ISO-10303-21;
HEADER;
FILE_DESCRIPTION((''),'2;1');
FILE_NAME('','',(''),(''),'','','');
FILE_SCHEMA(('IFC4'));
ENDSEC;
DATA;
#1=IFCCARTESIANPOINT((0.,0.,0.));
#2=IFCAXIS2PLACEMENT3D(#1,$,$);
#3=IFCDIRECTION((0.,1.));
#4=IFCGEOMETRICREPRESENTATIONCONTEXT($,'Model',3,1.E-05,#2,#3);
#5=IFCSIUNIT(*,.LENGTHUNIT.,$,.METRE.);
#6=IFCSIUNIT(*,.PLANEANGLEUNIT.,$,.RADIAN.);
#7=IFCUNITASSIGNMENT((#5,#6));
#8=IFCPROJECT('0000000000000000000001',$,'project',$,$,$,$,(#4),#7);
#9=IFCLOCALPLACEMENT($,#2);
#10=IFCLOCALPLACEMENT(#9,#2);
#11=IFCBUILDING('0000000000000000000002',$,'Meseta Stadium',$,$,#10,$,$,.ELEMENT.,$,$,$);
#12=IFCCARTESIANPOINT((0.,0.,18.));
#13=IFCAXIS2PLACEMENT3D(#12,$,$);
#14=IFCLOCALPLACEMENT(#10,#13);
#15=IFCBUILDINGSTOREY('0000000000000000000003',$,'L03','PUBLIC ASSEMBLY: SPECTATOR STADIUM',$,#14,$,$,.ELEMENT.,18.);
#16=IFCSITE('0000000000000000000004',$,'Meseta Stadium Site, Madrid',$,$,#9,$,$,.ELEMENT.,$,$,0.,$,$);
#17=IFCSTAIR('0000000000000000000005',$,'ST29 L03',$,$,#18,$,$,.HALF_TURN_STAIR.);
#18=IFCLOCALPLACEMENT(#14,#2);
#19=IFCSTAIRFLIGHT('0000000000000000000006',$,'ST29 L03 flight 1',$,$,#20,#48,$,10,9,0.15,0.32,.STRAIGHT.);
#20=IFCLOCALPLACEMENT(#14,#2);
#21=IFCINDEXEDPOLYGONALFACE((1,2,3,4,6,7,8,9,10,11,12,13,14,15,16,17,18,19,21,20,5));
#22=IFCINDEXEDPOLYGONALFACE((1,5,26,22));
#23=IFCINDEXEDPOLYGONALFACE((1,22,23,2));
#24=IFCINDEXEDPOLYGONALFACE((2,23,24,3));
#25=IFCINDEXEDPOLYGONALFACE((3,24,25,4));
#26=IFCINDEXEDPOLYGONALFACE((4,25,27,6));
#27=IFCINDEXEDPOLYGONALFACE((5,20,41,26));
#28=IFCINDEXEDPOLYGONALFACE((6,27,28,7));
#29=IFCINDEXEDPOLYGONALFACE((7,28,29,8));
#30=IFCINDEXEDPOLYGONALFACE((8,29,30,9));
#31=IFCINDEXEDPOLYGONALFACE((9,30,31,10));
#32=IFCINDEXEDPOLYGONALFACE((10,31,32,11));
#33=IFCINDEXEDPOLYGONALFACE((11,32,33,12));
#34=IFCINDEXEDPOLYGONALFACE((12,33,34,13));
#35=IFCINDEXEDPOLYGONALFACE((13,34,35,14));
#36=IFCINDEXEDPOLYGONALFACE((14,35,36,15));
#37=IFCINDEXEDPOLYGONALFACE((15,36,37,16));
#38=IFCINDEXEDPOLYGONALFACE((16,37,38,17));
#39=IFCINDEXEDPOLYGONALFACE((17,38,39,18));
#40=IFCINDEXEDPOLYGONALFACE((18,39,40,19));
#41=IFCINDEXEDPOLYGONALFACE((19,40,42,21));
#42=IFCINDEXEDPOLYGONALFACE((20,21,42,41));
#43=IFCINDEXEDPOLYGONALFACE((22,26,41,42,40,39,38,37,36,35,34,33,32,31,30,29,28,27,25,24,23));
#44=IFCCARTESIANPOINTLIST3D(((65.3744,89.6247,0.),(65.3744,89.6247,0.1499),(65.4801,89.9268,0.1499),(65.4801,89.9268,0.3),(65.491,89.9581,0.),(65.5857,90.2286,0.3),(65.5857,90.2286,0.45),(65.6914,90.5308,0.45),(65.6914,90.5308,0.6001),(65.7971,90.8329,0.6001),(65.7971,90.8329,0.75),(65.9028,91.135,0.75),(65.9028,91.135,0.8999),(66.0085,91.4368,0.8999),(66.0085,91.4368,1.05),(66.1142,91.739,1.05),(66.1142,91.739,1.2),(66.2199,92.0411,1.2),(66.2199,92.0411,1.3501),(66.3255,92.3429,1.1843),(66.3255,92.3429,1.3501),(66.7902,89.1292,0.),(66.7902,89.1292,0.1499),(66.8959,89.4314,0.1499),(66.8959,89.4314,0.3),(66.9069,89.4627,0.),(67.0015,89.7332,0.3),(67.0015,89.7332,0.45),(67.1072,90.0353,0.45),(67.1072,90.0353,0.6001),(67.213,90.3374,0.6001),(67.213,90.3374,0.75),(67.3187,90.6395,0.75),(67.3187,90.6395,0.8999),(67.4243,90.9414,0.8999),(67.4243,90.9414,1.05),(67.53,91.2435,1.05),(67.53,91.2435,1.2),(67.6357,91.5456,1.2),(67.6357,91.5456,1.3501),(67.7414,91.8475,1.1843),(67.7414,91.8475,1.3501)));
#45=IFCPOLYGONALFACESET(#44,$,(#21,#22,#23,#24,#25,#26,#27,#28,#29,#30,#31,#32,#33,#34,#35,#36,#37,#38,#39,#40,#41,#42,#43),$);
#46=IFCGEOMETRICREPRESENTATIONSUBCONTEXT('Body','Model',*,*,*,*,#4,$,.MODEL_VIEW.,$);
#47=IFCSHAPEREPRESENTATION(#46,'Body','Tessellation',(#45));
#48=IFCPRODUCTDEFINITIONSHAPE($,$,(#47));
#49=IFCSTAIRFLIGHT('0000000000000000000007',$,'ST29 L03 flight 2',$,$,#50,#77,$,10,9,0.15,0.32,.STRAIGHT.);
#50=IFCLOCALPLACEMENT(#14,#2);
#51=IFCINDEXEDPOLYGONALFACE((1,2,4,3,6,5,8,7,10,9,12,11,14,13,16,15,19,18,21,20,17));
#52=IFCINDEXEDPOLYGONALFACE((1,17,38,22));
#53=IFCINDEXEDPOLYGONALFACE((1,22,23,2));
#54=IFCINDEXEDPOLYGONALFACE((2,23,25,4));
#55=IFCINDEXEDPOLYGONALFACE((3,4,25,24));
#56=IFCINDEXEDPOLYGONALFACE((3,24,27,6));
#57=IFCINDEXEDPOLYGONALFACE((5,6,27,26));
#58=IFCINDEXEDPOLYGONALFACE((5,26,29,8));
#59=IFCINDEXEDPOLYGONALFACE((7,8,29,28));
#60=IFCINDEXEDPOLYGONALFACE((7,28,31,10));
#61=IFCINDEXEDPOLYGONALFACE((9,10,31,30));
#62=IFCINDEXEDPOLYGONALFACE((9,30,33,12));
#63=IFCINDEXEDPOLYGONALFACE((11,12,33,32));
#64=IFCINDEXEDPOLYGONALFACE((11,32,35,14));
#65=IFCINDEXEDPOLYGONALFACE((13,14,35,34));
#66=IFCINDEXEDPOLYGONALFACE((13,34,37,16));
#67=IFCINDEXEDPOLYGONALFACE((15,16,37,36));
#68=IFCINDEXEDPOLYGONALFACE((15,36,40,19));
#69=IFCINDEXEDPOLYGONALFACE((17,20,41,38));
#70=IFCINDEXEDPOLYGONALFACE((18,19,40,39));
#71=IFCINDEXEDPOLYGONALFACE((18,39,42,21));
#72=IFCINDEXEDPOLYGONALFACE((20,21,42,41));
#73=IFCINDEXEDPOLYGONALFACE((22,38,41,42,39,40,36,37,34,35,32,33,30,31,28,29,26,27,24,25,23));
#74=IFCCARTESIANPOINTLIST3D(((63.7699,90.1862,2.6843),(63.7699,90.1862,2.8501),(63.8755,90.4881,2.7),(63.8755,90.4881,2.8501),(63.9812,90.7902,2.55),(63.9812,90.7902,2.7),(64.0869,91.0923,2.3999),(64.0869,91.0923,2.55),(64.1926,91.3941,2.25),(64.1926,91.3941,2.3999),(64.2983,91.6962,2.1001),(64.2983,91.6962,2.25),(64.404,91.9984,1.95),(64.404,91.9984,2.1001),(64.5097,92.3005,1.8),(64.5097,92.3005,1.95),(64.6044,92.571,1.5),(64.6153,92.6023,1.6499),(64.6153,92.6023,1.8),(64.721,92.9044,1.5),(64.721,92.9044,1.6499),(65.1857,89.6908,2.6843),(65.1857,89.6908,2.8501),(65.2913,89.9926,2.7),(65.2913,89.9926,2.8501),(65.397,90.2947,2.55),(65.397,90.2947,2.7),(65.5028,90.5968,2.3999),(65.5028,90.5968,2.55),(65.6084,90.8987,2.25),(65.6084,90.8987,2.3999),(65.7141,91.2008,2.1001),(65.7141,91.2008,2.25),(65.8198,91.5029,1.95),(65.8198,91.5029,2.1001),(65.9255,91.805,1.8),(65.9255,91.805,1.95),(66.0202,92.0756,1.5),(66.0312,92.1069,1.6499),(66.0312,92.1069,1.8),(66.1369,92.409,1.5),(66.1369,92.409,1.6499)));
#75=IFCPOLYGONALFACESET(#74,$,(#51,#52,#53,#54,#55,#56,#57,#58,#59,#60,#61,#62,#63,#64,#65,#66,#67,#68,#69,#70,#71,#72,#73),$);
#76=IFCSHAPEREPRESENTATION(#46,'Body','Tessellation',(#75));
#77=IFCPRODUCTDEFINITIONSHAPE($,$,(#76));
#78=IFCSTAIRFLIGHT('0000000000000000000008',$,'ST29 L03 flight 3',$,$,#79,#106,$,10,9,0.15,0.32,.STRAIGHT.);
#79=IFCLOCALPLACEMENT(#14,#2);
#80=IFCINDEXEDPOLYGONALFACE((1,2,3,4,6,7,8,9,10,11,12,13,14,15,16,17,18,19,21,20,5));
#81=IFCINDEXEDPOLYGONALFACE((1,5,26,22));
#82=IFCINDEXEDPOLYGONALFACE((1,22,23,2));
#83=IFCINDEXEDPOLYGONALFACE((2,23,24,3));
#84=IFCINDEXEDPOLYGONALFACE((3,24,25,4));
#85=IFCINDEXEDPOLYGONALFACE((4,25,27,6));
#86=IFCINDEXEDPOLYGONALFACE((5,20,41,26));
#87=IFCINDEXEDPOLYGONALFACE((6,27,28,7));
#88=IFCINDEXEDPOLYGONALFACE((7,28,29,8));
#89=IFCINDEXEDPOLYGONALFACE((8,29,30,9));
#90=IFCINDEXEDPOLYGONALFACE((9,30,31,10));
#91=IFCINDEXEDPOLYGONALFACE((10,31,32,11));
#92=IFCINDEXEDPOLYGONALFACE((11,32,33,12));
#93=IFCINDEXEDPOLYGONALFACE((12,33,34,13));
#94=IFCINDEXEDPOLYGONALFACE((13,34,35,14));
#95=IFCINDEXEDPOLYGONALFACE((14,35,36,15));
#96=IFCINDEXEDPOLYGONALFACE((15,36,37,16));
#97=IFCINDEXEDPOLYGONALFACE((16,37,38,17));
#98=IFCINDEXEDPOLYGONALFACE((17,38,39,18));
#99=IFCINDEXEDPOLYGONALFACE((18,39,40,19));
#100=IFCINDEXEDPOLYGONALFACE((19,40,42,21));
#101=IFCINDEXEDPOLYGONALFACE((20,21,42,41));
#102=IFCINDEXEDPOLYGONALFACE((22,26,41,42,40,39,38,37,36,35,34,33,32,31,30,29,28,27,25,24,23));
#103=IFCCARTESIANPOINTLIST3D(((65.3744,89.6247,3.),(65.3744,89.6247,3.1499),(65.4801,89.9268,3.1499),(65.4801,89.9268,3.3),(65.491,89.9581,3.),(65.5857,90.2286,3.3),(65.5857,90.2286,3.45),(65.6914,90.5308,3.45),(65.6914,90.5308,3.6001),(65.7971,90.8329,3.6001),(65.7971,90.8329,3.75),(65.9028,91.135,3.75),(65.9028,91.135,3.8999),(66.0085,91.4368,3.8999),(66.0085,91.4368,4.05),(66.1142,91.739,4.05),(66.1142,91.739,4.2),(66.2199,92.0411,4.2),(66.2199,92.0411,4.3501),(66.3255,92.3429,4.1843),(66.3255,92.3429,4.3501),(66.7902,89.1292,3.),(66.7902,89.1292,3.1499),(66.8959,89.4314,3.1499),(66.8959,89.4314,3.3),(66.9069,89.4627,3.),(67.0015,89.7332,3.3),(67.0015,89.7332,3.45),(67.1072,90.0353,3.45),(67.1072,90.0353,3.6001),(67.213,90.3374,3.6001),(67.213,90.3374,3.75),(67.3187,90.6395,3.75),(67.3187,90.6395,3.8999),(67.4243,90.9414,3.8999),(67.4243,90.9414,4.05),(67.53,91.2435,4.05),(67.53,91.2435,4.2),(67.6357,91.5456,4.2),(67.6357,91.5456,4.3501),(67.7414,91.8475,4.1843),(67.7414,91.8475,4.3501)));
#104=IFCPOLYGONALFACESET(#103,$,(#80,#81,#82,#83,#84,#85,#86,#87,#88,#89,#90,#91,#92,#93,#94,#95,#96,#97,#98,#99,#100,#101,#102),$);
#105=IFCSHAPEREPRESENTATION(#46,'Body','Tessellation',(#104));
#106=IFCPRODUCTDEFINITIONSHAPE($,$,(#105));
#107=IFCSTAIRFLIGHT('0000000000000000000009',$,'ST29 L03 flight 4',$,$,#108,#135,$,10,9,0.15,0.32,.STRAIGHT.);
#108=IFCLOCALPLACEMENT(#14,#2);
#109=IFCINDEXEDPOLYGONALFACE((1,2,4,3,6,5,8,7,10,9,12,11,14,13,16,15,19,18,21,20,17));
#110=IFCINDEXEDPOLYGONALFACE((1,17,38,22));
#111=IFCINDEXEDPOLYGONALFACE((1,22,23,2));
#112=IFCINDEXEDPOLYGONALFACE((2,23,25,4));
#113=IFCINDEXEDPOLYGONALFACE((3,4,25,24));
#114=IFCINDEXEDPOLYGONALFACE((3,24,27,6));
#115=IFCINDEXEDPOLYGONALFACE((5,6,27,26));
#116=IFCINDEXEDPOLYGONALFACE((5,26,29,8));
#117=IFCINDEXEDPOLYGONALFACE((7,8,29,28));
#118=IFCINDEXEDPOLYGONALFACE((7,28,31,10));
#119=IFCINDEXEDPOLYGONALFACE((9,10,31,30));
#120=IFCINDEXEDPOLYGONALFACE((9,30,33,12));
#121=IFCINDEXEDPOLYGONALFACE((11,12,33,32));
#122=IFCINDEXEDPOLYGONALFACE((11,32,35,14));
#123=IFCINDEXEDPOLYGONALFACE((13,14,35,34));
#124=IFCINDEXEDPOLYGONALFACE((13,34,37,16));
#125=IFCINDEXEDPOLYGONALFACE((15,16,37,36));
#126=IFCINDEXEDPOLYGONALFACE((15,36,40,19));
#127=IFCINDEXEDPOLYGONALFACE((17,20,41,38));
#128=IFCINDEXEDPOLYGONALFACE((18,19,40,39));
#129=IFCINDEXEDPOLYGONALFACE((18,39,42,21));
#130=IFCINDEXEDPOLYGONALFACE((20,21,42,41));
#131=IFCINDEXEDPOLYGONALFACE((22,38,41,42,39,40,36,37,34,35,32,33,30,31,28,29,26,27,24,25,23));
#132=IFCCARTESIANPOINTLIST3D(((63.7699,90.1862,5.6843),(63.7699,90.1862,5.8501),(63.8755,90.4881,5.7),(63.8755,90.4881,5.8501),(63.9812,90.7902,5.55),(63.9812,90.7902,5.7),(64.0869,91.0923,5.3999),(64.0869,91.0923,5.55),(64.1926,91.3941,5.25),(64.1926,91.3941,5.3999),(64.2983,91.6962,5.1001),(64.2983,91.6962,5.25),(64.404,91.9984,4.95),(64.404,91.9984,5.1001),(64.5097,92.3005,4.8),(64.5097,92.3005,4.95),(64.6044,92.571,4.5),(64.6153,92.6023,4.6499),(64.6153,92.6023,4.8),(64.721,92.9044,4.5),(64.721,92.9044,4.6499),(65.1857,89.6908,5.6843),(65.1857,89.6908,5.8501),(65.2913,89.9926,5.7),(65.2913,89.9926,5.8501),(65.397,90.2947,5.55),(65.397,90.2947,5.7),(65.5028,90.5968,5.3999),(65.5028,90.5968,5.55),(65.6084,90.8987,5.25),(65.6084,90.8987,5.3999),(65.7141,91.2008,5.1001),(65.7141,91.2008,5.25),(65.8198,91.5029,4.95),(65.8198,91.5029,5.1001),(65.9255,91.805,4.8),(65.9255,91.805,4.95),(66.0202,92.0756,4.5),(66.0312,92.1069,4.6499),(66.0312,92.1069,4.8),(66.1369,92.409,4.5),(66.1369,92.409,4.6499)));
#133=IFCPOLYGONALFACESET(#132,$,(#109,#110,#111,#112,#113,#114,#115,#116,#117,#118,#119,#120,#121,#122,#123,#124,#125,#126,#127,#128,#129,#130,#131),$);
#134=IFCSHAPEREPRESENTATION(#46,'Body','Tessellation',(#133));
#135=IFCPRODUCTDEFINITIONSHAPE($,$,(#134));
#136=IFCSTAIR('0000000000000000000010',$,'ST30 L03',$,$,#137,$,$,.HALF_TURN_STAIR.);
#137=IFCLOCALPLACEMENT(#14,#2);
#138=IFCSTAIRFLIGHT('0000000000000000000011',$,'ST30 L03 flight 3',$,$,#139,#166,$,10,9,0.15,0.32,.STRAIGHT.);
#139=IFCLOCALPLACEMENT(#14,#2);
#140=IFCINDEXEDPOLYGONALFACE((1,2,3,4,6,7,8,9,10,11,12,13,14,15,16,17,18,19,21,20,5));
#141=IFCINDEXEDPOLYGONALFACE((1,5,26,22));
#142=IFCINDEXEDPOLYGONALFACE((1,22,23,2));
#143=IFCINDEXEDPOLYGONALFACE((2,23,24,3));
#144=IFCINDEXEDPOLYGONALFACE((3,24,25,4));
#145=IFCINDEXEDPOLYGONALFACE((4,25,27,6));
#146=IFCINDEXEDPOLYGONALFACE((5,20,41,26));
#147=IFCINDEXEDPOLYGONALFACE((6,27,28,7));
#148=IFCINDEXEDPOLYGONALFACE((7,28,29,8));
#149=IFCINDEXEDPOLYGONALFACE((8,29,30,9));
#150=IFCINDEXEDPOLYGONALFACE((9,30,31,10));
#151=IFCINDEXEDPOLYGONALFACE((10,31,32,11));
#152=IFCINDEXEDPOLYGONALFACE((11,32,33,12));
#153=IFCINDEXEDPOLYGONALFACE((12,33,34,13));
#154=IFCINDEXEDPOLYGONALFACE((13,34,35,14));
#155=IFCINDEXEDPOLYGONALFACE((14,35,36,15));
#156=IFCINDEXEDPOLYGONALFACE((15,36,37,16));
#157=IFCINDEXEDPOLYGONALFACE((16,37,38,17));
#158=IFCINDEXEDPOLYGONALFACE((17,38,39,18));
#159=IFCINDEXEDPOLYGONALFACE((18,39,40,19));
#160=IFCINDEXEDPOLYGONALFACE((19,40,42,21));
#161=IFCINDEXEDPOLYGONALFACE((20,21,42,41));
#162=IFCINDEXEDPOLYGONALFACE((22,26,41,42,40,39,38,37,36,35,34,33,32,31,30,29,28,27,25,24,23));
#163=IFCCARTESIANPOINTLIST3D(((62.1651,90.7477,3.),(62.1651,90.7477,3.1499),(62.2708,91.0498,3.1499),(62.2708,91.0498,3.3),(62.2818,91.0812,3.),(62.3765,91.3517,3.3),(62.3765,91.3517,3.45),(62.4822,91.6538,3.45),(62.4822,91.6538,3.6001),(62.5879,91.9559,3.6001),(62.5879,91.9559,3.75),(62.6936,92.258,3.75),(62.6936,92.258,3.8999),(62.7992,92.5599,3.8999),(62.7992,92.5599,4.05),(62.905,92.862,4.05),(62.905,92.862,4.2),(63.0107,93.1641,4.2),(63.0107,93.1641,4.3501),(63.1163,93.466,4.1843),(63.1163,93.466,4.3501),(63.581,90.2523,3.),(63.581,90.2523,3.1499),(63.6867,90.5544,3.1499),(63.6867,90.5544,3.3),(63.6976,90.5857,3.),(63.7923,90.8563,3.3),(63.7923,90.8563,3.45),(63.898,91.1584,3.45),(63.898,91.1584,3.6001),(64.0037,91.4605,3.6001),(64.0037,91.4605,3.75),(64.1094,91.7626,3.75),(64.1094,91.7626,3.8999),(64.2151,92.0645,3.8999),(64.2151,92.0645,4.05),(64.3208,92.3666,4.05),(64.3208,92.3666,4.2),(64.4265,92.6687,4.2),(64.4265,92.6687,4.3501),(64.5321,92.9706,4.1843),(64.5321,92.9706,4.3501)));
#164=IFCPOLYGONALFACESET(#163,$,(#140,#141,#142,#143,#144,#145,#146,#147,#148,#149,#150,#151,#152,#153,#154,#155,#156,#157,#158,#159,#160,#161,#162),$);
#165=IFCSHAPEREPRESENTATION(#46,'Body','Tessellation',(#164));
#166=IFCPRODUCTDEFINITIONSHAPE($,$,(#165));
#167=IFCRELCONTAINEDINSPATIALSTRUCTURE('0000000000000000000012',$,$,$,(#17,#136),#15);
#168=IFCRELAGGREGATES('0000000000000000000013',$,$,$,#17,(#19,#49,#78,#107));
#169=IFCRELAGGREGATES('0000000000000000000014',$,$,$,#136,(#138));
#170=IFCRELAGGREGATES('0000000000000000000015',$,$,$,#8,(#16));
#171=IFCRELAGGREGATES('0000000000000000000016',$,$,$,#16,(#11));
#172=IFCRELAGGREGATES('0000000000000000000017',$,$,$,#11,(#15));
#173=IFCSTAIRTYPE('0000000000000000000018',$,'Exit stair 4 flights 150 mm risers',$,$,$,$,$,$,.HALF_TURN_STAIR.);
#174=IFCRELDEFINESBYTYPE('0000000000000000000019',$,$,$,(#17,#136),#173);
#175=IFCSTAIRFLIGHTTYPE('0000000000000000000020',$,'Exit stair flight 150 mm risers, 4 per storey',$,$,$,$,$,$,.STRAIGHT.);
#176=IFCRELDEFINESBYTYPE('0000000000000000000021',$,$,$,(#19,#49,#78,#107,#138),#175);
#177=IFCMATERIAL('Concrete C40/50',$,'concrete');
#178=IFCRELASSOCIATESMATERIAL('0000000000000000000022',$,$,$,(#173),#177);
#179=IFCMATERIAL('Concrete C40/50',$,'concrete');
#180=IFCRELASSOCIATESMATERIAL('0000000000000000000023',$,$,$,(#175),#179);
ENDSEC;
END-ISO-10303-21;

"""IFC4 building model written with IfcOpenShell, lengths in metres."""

from ifc_helpers import new_model, si_unit, direction, frame, origin, place, context, subcontext, project, spatial, polyline, outline, extrude, material, type_object, element, aggregate, save


model = new_model("IFC4")

# Units and contexts
model_context = context("Model", 3, precision=1e-05, world=origin(), true_north=direction((0.0, 1.0)))
body_context = subcontext(model_context, "Body", "Model", "MODEL_VIEW")
ifc_project = project(units=[si_unit("LENGTHUNIT", "METRE"), si_unit("PLANEANGLEUNIT", "RADIAN")], contexts=[model_context])

# Site, building, storey
site_placement = place(None, origin())
site = spatial("IfcSite", under=ifc_project, at=site_placement, Name="Meseta Stadium Site, Madrid", CompositionType="ELEMENT", RefElevation=0.0)
building_placement = place(site_placement, origin())
building = spatial("IfcBuilding", under=site, at=building_placement, Name="Meseta Stadium", CompositionType="ELEMENT")
storey_placement = place(building_placement, frame((0.0, 0.0, 18.0)))
storey = spatial("IfcBuildingStorey", under=building, at=storey_placement, Name="L03", Description="PUBLIC ASSEMBLY: SPECTATOR STADIUM", CompositionType="ELEMENT", Elevation=18.0)

# Stair, stair flights
ifc_material_1 = material(Name="Concrete C40/50", Category="concrete")
stair_type = type_object("IfcStairType", Name="Exit stair 4 flights 150 mm risers", PredefinedType="HALF_TURN_STAIR", material=ifc_material_1)
stair_1_placement = place(storey_placement, origin())
stair_1 = element("IfcStair", 1, at=stair_1_placement, inside=storey, type_object=stair_type, Name="ST29 L03", PredefinedType="HALF_TURN_STAIR")
ifc_material_2 = material(Name="Concrete C40/50", Category="concrete")
stair_flight_type = type_object("IfcStairFlightType", Name="Exit stair flight 150 mm risers, 4 per storey", PredefinedType="STRAIGHT", material=ifc_material_2)
stair_flight_1_placement = place(storey_placement, frame((66.0823, 89.377, 0.0), z_axis=(0.0, 0.0, 1.0), x_axis=(0.330279, 0.943883, 0.0)))
stair_flight_1 = element("IfcStairFlight", 2, at=stair_flight_1_placement, type_object=stair_flight_type, Name="ST29 L03 flight 1", NumberOfRisers=10, NumberOfTreads=9, PredefinedType="STRAIGHT", RiserHeight=0.15, TreadLength=0.32, context=body_context, shape_type="SweptSolid", body=[
    extrude(outline(polyline([(0.0, 0.0), (0.0, 0.1499), (0.3201, 0.1499), (0.3201, 0.3), (0.6399, 0.3), (0.6399, 0.45), (0.96, 0.45), (0.96, 0.6001), (1.28, 0.6001), (1.28, 0.75), (1.6001, 0.75), (1.6001, 0.8999), (1.9199, 0.8999), (1.9199, 1.05), (2.24, 1.05), (2.24, 1.2), (2.5601, 1.2), (2.5601, 1.3501), (2.8799, 1.3501), (2.8799, 1.1843), (0.3533, 0.0), (0.0, 0.0)])), frame((0.0, 0.75, 0.0), z_axis=(0.0, -1.0, 0.0), x_axis=(1.0, 0.0, 0.0)), (0.0, 0.0, 1.0), 1.5),
])
stair_flight_2_placement = place(storey_placement, frame((65.429, 92.6567, 1.5), z_axis=(0.0, 0.0, 1.0), x_axis=(-0.330279, -0.943883, 0.0)))
stair_flight_2 = element("IfcStairFlight", 3, at=stair_flight_2_placement, type_object=stair_flight_type, Name="ST29 L03 flight 2", NumberOfRisers=10, NumberOfTreads=9, PredefinedType="STRAIGHT", RiserHeight=0.15, TreadLength=0.32, context=body_context, shape_type="SweptSolid", body=[
    extrude(outline(polyline([(0.0, 0.0), (0.0, 0.1499), (0.3201, 0.1499), (0.3201, 0.3), (0.6399, 0.3), (0.6399, 0.45), (0.96, 0.45), (0.96, 0.6001), (1.28, 0.6001), (1.28, 0.75), (1.6001, 0.75), (1.6001, 0.8999), (1.9199, 0.8999), (1.9199, 1.05), (2.24, 1.05), (2.24, 1.2), (2.5601, 1.2), (2.5601, 1.3501), (2.8799, 1.3501), (2.8799, 1.1843), (0.3533, 0.0), (0.0, 0.0)])), frame((0.0, 0.75, 0.0), z_axis=(0.0, -1.0, 0.0), x_axis=(1.0, 0.0, 0.0)), (0.0, 0.0, 1.0), 1.5),
])
stair_flight_3_placement = place(storey_placement, frame((66.0823, 89.377, 3.0), z_axis=(0.0, 0.0, 1.0), x_axis=(0.330279, 0.943883, 0.0)))
stair_flight_3 = element("IfcStairFlight", 4, at=stair_flight_3_placement, type_object=stair_flight_type, Name="ST29 L03 flight 3", NumberOfRisers=10, NumberOfTreads=9, PredefinedType="STRAIGHT", RiserHeight=0.15, TreadLength=0.32, context=body_context, shape_type="SweptSolid", body=[
    extrude(outline(polyline([(0.0, 0.0), (0.0, 0.1499), (0.3201, 0.1499), (0.3201, 0.3), (0.6399, 0.3), (0.6399, 0.45), (0.96, 0.45), (0.96, 0.6001), (1.28, 0.6001), (1.28, 0.75), (1.6001, 0.75), (1.6001, 0.8999), (1.9199, 0.8999), (1.9199, 1.05), (2.24, 1.05), (2.24, 1.2), (2.5601, 1.2), (2.5601, 1.3501), (2.8799, 1.3501), (2.8799, 1.1843), (0.3533, 0.0), (0.0, 0.0)])), frame((0.0, 0.75, 0.0), z_axis=(0.0, -1.0, 0.0), x_axis=(1.0, 0.0, 0.0)), (0.0, 0.0, 1.0), 1.5),
])
stair_flight_4_placement = place(storey_placement, frame((65.429, 92.6567, 4.5), z_axis=(0.0, 0.0, 1.0), x_axis=(-0.330279, -0.943883, 0.0)))
stair_flight_4 = element("IfcStairFlight", 5, at=stair_flight_4_placement, type_object=stair_flight_type, Name="ST29 L03 flight 4", NumberOfRisers=10, NumberOfTreads=9, PredefinedType="STRAIGHT", RiserHeight=0.15, TreadLength=0.32, context=body_context, shape_type="SweptSolid", body=[
    extrude(outline(polyline([(0.0, 0.0), (0.0, 0.1499), (0.3201, 0.1499), (0.3201, 0.3), (0.6399, 0.3), (0.6399, 0.45), (0.96, 0.45), (0.96, 0.6001), (1.28, 0.6001), (1.28, 0.75), (1.6001, 0.75), (1.6001, 0.8999), (1.9199, 0.8999), (1.9199, 1.05), (2.24, 1.05), (2.24, 1.2), (2.5601, 1.2), (2.5601, 1.3501), (2.8799, 1.3501), (2.8799, 1.1843), (0.3533, 0.0), (0.0, 0.0)])), frame((0.0, 0.75, 0.0), z_axis=(0.0, -1.0, 0.0), x_axis=(1.0, 0.0, 0.0)), (0.0, 0.0, 1.0), 1.5),
])
aggregate(stair_1, [stair_flight_1, stair_flight_2, stair_flight_3, stair_flight_4])

# Stair, stair flight
stair_2_placement = place(storey_placement, origin())
stair_2 = element("IfcStair", 6, at=stair_2_placement, inside=storey, type_object=stair_type, Name="ST30 L03", PredefinedType="HALF_TURN_STAIR")
stair_flight_5_placement = place(storey_placement, frame((62.873, 90.5, 3.0), z_axis=(0.0, 0.0, 1.0), x_axis=(0.330279, 0.943883, 0.0)))
stair_flight_5 = element("IfcStairFlight", 7, at=stair_flight_5_placement, type_object=stair_flight_type, Name="ST30 L03 flight 3", NumberOfRisers=10, NumberOfTreads=9, PredefinedType="STRAIGHT", RiserHeight=0.15, TreadLength=0.32, context=body_context, shape_type="SweptSolid", body=[
    extrude(outline(polyline([(0.0, 0.0), (0.0, 0.1499), (0.3201, 0.1499), (0.3201, 0.3), (0.6399, 0.3), (0.6399, 0.45), (0.96, 0.45), (0.96, 0.6001), (1.28, 0.6001), (1.28, 0.75), (1.6001, 0.75), (1.6001, 0.8999), (1.9199, 0.8999), (1.9199, 1.05), (2.24, 1.05), (2.24, 1.2), (2.5601, 1.2), (2.5601, 1.3501), (2.8799, 1.3501), (2.8799, 1.1843), (0.3533, 0.0), (0.0, 0.0)])), frame((0.0, 0.75, 0.0), z_axis=(0.0, -1.0, 0.0), x_axis=(1.0, 0.0, 0.0)), (0.0, 0.0, 1.0), 1.5),
])
aggregate(stair_2, [stair_flight_5])

save(model, "model.ifc")
